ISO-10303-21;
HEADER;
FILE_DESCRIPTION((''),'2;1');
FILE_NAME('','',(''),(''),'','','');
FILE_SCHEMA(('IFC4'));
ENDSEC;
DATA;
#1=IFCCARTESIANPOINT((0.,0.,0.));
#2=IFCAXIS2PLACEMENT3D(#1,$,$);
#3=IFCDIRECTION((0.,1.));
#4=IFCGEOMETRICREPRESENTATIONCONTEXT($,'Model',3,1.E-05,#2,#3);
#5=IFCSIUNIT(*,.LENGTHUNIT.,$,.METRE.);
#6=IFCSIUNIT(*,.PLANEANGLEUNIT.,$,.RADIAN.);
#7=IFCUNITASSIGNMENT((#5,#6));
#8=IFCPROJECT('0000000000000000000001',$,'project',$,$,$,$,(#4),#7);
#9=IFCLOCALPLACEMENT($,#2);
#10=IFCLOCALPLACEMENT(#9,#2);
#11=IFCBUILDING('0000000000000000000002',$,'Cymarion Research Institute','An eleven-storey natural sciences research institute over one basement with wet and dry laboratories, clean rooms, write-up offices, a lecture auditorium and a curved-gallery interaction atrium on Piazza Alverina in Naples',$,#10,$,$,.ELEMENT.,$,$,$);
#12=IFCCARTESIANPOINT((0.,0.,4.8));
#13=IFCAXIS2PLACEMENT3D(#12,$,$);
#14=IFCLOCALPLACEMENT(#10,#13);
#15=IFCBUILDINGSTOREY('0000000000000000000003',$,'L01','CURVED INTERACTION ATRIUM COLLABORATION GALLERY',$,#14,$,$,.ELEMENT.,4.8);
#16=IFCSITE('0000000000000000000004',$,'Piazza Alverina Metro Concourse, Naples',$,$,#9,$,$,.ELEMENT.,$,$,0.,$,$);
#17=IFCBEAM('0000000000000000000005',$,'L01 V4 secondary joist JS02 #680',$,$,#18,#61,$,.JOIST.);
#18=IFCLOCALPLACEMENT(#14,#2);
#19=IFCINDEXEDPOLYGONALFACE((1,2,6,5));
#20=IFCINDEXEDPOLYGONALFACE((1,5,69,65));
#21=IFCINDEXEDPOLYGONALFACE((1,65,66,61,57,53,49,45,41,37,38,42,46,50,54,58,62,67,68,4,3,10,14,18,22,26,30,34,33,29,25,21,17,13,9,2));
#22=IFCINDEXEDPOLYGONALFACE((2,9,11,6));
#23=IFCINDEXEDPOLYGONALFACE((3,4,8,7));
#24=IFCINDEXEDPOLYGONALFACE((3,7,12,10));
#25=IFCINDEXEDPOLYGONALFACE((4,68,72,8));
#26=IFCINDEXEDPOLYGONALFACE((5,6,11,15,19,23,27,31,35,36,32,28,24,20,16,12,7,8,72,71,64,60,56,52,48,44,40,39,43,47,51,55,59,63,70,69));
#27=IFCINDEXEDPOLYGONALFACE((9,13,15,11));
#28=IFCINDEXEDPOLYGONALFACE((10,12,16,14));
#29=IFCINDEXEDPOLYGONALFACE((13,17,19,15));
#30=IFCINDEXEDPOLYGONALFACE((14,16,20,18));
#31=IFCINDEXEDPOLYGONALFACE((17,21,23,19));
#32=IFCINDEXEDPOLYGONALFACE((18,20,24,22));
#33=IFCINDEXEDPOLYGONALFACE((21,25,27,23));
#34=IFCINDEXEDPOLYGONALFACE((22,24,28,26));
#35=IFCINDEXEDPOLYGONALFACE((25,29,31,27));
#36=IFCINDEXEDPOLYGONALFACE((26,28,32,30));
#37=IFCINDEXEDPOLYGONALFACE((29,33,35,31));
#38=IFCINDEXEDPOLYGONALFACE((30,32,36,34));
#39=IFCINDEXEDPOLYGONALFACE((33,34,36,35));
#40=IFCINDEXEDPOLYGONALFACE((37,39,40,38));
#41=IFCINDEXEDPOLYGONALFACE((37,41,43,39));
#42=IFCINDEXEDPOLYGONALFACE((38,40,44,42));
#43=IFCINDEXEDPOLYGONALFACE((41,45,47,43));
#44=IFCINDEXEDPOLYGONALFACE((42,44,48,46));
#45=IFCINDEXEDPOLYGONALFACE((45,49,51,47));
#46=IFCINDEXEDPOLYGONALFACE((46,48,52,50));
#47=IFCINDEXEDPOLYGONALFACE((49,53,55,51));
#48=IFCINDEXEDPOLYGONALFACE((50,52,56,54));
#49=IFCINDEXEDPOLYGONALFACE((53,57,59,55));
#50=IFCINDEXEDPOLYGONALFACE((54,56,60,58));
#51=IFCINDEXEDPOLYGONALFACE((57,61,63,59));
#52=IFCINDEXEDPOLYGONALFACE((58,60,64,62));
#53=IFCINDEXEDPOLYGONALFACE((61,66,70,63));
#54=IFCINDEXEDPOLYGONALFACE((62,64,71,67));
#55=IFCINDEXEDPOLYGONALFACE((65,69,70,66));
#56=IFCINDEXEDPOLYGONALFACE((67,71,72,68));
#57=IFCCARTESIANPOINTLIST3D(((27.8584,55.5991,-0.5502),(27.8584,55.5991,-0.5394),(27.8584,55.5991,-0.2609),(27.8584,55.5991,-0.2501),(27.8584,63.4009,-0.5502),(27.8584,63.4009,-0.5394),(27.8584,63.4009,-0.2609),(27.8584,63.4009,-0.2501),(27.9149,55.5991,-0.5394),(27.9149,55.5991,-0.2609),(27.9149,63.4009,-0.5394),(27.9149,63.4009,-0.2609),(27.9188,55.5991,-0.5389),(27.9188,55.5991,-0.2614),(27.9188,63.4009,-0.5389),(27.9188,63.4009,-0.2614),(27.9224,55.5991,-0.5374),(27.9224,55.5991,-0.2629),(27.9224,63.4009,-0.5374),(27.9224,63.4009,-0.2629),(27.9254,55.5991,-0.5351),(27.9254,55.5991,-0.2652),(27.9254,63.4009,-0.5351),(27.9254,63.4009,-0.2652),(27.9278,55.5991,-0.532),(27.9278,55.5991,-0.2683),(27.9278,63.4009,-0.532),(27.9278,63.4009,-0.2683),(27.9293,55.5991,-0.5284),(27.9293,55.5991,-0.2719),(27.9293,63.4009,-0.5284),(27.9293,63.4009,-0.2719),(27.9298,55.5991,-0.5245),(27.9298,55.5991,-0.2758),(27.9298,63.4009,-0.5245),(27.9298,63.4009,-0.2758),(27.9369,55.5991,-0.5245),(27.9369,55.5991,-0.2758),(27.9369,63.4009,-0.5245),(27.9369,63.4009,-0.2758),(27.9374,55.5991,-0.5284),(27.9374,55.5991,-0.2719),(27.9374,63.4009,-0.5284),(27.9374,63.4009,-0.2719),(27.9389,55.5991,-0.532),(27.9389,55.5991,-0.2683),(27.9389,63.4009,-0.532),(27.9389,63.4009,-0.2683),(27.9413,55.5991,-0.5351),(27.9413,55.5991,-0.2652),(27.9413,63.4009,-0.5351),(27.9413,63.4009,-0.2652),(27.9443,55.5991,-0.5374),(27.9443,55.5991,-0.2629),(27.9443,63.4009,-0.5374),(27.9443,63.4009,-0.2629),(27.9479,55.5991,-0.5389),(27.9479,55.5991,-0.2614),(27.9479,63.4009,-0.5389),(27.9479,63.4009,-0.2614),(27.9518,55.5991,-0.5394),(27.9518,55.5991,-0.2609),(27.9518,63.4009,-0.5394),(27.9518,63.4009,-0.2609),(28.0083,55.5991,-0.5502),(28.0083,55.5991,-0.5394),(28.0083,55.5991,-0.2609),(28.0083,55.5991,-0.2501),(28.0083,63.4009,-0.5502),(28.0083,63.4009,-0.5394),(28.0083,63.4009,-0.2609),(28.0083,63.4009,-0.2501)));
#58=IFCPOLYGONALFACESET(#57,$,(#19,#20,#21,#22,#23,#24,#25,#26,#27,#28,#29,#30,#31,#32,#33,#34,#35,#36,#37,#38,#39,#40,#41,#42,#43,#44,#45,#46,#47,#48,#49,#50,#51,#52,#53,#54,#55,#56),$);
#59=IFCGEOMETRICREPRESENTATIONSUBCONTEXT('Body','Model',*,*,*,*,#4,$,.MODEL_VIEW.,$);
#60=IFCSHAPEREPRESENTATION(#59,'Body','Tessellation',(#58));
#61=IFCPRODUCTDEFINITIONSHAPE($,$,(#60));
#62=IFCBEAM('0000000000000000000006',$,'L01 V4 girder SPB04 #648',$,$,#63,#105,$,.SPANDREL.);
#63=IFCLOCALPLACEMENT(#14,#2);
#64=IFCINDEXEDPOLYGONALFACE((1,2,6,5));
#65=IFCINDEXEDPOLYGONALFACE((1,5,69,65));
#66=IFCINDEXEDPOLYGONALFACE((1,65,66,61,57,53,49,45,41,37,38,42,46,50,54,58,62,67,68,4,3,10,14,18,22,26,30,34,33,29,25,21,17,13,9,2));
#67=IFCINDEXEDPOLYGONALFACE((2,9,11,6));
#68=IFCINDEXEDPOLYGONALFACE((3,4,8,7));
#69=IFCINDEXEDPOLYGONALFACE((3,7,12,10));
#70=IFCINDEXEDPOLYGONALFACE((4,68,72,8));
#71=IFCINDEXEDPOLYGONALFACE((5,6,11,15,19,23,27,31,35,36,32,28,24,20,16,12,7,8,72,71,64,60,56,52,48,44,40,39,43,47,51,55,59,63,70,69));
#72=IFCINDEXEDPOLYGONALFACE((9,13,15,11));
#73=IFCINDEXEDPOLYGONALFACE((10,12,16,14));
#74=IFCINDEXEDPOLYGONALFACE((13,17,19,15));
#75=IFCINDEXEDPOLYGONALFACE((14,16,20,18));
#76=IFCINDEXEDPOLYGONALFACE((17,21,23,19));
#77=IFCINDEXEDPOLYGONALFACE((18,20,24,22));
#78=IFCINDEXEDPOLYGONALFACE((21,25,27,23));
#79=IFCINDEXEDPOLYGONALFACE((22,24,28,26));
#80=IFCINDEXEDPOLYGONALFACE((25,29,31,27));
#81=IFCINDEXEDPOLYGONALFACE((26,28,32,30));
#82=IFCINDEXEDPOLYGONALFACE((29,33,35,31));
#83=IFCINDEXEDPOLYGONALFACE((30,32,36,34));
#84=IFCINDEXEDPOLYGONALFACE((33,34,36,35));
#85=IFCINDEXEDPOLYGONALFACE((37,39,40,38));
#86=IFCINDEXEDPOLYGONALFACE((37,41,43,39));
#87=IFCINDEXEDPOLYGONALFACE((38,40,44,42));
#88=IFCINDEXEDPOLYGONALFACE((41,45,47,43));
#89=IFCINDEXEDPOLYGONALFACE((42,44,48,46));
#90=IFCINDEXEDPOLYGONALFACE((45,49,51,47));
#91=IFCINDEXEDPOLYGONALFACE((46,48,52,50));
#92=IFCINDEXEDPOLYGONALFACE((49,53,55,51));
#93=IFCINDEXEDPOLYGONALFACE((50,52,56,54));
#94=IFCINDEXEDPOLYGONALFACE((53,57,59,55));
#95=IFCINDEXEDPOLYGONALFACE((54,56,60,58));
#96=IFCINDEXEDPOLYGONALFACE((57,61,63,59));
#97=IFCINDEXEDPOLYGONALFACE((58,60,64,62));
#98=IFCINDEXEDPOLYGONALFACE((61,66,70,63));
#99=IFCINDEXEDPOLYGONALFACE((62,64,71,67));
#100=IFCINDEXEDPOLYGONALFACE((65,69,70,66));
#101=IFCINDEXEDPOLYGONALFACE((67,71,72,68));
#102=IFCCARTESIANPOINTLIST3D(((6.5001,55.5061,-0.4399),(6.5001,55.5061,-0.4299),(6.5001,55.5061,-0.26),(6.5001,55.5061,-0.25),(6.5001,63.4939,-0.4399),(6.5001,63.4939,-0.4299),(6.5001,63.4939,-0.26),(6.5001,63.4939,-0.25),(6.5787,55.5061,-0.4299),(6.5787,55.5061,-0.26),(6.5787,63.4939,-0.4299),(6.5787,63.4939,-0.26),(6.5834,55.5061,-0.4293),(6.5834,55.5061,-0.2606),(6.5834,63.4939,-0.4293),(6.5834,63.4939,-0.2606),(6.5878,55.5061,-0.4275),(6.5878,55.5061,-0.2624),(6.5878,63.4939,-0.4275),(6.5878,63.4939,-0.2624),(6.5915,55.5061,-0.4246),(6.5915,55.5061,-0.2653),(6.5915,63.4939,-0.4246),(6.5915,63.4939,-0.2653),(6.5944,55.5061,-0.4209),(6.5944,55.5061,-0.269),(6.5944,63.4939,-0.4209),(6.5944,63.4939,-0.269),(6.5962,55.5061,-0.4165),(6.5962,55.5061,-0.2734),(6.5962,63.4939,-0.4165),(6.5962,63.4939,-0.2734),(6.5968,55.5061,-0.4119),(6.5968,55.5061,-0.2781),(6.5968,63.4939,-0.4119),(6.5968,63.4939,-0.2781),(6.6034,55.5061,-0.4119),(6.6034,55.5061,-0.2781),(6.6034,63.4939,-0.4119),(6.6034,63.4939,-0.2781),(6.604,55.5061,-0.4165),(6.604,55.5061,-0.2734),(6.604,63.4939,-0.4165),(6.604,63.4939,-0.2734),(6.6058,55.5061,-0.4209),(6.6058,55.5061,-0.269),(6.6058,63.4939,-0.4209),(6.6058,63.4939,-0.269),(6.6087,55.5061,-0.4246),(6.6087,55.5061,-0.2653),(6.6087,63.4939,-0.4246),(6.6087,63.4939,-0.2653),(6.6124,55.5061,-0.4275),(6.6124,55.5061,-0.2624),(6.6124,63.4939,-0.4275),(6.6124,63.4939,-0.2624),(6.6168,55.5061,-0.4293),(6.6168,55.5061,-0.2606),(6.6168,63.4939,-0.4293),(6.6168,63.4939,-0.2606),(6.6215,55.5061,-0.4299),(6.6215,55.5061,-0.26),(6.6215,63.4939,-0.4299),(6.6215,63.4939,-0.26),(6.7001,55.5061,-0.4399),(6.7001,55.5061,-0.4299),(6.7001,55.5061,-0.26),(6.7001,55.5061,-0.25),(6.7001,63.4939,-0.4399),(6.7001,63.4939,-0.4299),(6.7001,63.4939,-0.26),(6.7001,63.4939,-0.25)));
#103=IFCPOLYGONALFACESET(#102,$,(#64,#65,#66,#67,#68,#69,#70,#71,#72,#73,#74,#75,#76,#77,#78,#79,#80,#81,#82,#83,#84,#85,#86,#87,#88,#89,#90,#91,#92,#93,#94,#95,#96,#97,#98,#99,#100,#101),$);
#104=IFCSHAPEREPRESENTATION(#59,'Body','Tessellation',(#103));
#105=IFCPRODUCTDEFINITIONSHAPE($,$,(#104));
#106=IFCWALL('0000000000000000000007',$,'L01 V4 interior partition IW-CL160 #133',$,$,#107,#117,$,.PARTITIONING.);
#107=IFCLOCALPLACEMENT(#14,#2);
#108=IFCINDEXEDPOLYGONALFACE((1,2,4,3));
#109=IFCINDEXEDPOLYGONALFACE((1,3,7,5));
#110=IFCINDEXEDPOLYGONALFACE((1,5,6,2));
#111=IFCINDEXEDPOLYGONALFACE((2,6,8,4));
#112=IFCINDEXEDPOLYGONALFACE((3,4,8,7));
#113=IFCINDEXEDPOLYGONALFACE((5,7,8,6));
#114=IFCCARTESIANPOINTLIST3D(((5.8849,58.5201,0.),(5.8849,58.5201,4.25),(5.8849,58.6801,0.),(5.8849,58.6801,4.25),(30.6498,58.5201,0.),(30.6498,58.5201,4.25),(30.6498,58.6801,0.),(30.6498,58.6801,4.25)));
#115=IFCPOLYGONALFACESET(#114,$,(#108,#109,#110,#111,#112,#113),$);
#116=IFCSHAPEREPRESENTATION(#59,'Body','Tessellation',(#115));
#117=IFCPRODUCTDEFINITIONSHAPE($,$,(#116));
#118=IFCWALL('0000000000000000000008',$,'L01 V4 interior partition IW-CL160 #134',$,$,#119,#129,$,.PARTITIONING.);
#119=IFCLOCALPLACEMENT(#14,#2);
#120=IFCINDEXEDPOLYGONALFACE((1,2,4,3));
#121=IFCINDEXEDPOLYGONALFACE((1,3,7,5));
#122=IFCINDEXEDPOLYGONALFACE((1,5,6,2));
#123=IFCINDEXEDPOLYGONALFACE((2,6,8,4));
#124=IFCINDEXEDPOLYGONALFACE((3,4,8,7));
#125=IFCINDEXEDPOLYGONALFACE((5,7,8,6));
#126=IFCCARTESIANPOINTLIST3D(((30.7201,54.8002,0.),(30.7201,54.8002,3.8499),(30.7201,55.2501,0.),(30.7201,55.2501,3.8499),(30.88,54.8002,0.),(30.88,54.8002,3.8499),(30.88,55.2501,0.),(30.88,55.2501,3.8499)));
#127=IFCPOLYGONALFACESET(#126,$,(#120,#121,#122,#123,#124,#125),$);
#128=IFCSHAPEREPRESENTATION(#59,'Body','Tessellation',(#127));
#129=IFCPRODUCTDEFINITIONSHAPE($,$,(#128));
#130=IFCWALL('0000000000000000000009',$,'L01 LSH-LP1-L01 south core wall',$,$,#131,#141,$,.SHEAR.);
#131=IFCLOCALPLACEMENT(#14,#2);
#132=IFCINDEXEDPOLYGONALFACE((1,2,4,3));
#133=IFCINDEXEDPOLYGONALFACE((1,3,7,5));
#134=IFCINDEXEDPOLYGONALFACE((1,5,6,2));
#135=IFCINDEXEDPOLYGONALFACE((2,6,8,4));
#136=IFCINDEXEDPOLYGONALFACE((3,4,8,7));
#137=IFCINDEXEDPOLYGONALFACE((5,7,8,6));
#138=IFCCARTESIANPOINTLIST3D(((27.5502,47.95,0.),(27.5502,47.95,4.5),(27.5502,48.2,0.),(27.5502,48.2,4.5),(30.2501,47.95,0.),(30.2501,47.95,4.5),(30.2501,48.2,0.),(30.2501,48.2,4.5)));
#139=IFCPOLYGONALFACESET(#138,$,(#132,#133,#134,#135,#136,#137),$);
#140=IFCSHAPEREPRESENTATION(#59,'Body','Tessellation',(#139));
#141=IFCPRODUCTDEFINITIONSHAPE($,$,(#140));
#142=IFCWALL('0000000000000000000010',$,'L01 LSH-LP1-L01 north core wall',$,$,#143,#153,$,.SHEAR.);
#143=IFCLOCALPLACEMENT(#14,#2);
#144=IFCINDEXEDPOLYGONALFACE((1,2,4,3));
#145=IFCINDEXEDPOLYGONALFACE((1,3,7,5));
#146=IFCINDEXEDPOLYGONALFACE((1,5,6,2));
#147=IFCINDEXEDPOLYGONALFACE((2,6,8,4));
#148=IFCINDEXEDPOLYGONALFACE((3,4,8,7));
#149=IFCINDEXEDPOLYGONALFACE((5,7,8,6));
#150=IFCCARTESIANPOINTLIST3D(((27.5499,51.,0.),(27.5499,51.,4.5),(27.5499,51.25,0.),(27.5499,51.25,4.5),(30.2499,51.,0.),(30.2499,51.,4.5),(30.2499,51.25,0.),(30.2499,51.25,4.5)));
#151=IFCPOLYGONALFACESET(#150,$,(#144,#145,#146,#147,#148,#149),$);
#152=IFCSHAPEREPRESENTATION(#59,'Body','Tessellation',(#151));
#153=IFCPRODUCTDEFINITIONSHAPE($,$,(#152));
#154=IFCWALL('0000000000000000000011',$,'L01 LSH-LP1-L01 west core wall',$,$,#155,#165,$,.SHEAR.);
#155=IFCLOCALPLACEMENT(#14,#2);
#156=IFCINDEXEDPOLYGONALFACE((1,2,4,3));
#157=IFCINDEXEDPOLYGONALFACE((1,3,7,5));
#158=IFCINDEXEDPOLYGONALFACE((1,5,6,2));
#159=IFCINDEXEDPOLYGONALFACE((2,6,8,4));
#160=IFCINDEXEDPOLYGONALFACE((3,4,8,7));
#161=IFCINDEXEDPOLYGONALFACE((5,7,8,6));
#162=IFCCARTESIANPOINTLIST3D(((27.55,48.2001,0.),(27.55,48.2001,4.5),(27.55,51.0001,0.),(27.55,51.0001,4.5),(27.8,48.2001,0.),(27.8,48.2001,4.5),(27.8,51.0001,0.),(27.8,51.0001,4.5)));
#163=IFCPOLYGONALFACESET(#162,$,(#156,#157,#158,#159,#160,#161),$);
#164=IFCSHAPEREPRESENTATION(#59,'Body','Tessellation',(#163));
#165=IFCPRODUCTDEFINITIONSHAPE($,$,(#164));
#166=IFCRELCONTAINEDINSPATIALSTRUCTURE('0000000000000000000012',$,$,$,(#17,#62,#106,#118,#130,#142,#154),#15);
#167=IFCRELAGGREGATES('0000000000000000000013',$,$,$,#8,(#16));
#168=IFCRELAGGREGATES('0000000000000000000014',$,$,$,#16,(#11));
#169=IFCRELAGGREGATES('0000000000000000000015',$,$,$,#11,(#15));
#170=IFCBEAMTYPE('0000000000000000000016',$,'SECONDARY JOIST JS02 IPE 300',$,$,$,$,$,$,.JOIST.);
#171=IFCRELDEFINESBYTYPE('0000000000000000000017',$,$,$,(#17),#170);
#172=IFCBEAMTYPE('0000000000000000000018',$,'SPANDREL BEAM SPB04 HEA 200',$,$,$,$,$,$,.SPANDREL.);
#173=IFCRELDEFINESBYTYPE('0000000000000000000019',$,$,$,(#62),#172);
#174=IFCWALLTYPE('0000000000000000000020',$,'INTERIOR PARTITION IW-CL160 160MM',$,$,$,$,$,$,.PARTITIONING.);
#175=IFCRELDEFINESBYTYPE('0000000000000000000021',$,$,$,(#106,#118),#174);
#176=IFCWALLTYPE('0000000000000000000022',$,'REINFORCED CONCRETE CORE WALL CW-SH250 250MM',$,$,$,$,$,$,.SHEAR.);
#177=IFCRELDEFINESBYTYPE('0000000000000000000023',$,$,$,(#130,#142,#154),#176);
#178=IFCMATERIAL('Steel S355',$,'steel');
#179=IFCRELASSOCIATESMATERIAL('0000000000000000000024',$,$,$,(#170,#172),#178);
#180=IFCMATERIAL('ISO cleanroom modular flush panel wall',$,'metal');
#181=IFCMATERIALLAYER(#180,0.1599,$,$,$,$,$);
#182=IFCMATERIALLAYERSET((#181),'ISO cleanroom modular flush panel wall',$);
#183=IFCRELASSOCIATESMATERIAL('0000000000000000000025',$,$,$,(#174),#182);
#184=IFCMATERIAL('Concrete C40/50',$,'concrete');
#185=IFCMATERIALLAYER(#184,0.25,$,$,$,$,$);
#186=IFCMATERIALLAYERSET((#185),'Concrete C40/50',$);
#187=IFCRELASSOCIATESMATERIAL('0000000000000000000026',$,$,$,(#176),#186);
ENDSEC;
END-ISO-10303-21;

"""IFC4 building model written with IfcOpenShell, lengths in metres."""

from ifc_helpers import new_model, si_unit, direction, frame, frame_2d, origin, origin_2d, place, context, subcontext, project, spatial, rectangle, i_section, extrude, material, layer, layer_set, material_profile, profile_set, type_object, element, save


model = new_model("IFC4")

# Units and contexts
model_context = context("Model", 3, precision=1e-05, world=origin(), true_north=direction((0.0, 1.0)))
body_context = subcontext(model_context, "Body", "Model", "MODEL_VIEW")
ifc_project = project(units=[si_unit("LENGTHUNIT", "METRE"), si_unit("PLANEANGLEUNIT", "RADIAN")], contexts=[model_context])

# Site, building, storey
site_placement = place(None, origin())
site = spatial("IfcSite", under=ifc_project, at=site_placement, Name="Piazza Alverina Metro Concourse, Naples", CompositionType="ELEMENT", RefElevation=0.0)
building_placement = place(site_placement, origin())
building = spatial("IfcBuilding", under=site, at=building_placement, Name="Cymarion Research Institute", Description="An eleven-storey natural sciences research institute over one basement with wet and dry laboratories, clean rooms, write-up offices, a lecture auditorium and a curved-gallery interaction atrium on Piazza Alverina in Naples", CompositionType="ELEMENT")
storey_placement = place(building_placement, frame((0.0, 0.0, 4.8)))
storey = spatial("IfcBuildingStorey", under=building, at=storey_placement, Name="L01", Description="CURVED INTERACTION ATRIUM COLLABORATION GALLERY", CompositionType="ELEMENT", Elevation=4.8)

# Shared definitions
ifc_material_1 = material(Name="Steel S355", Category="steel")
ifc_material_2 = material(Name="Concrete C40/50", Category="concrete")

# Beams
ifc_material_profile_1 = material_profile(ifc_material_1, i_section(OverallWidth=0.1499, OverallDepth=0.3, WebThickness=0.0071, FlangeThickness=0.0107, FilletRadius=0.0149, at=origin_2d()), Name="IPE 300")
ifc_profile_set_1 = profile_set([ifc_material_profile_1], Name="Steel S355")
beam_type_1 = type_object("IfcBeamType", Name="SECONDARY JOIST JS02 IPE 300", PredefinedType="JOIST", material=ifc_profile_set_1)
for number, where, z_axis, x_axis, name in (
    (1, (27.9333, 55.5991, -0.4001), (0.0, 1.0, 0.0), (-1.0, 0.0, 0.0), "L01 V4 secondary joist JS02 #680"),
):
    element("IfcBeam", number, at=place(storey_placement, frame(where, z_axis=z_axis, x_axis=x_axis)), inside=storey, type_object=beam_type_1, Name=name, PredefinedType="JOIST", context=body_context, shape_type="SweptSolid", body=[
        extrude(i_section(OverallWidth=0.1499, OverallDepth=0.3, WebThickness=0.0071, FlangeThickness=0.0107, FilletRadius=0.0149, at=origin_2d()), origin(), (0.0, 0.0, 1.0), 7.8018),
    ])
ifc_material_profile_2 = material_profile(ifc_material_1, i_section(OverallWidth=0.2, OverallDepth=0.1899, WebThickness=0.0066, FlangeThickness=0.01, FilletRadius=0.0181, at=origin_2d()), Name="HEA 200")
ifc_profile_set_2 = profile_set([ifc_material_profile_2], Name="Steel S355")
beam_type_2 = type_object("IfcBeamType", Name="SPANDREL BEAM SPB04 HEA 200", PredefinedType="SPANDREL", material=ifc_profile_set_2)
beam_placement = place(storey_placement, frame((6.6001, 55.5061, -0.345), z_axis=(0.0, 1.0, 0.0), x_axis=(-1.0, 0.0, 0.0)))
element("IfcBeam", 2, at=beam_placement, inside=storey, type_object=beam_type_2, Name="L01 V4 girder SPB04 #648", PredefinedType="SPANDREL", context=body_context, shape_type="SweptSolid", body=[
    extrude(i_section(OverallWidth=0.2, OverallDepth=0.1899, WebThickness=0.0066, FlangeThickness=0.01, FilletRadius=0.0181, at=origin_2d()), origin(), (0.0, 0.0, 1.0), 7.9878),
])

# Walls
ifc_material_3 = material(Name="ISO cleanroom modular flush panel wall", Category="metal")
ifc_layer_1 = layer(ifc_material_3, 0.1599)
ifc_layer_set_1 = layer_set([ifc_layer_1], Name="ISO cleanroom modular flush panel wall")
wall_type_1 = type_object("IfcWallType", Name="INTERIOR PARTITION IW-CL160 160MM", PredefinedType="PARTITIONING", material=ifc_layer_set_1)
wall_1_placement = place(storey_placement, frame((5.885, 58.6001, 0.0), z_axis=(0.0, 0.0, 1.0), x_axis=(1.0, 0.0, 0.0)))
element("IfcWall", 3, at=wall_1_placement, inside=storey, type_object=wall_type_1, Name="L01 V4 interior partition IW-CL160 #133", PredefinedType="PARTITIONING", context=body_context, shape_type="SweptSolid", body=[
    extrude(rectangle(XDim=24.7649, YDim=0.1599, at=frame_2d((12.3823, 0.0))), origin(), (0.0, 0.0, 1.0), 4.25),
])
wall_2_placement = place(storey_placement, frame((30.8, 54.8, 0.0), z_axis=(0.0, 0.0, 1.0), x_axis=(0.0, 1.0, 0.0)))
element("IfcWall", 4, at=wall_2_placement, inside=storey, type_object=wall_type_1, Name="L01 V4 interior partition IW-CL160 #134", PredefinedType="PARTITIONING", context=body_context, shape_type="SweptSolid", body=[
    extrude(rectangle(XDim=0.45, YDim=0.1599, at=frame_2d((0.2251, 0.0))), origin(), (0.0, 0.0, 1.0), 3.8499),
])

# Walls
ifc_layer_2 = layer(ifc_material_2, 0.25)
ifc_layer_set_2 = layer_set([ifc_layer_2], Name="Concrete C40/50")
wall_type_2 = type_object("IfcWallType", Name="REINFORCED CONCRETE CORE WALL CW-SH250 250MM", PredefinedType="SHEAR", material=ifc_layer_set_2)
for number, where, z_axis, x_axis, name in (
    (5, (27.55, 48.075, 0.0), (0.0, 0.0, 1.0), (1.0, 0.0, 0.0), "L01 LSH-LP1-L01 south core wall"),
    (6, (30.25, 51.125, 0.0), (0.0, 0.0, 1.0), (-1.0, 0.0, 0.0), "L01 LSH-LP1-L01 north core wall"),
):
    element("IfcWall", number, at=place(storey_placement, frame(where, z_axis=z_axis, x_axis=x_axis)), inside=storey, type_object=wall_type_2, Name=name, PredefinedType="SHEAR", context=body_context, shape_type="SweptSolid", body=[
        extrude(rectangle(XDim=2.7, YDim=0.25, at=frame_2d((1.3501, 0.0))), origin(), (0.0, 0.0, 1.0), 4.5),
    ])
wall_3_placement = place(storey_placement, frame((27.675, 51.0, 0.0), z_axis=(0.0, 0.0, 1.0), x_axis=(0.0, -1.0, 0.0)))
element("IfcWall", 7, at=wall_3_placement, inside=storey, type_object=wall_type_2, Name="L01 LSH-LP1-L01 west core wall", PredefinedType="SHEAR", context=body_context, shape_type="SweptSolid", body=[
    extrude(rectangle(XDim=2.8, YDim=0.25, at=frame_2d((1.3999, 0.0))), origin(), (0.0, 0.0, 1.0), 4.5),
])

save(model, "model.ifc")
